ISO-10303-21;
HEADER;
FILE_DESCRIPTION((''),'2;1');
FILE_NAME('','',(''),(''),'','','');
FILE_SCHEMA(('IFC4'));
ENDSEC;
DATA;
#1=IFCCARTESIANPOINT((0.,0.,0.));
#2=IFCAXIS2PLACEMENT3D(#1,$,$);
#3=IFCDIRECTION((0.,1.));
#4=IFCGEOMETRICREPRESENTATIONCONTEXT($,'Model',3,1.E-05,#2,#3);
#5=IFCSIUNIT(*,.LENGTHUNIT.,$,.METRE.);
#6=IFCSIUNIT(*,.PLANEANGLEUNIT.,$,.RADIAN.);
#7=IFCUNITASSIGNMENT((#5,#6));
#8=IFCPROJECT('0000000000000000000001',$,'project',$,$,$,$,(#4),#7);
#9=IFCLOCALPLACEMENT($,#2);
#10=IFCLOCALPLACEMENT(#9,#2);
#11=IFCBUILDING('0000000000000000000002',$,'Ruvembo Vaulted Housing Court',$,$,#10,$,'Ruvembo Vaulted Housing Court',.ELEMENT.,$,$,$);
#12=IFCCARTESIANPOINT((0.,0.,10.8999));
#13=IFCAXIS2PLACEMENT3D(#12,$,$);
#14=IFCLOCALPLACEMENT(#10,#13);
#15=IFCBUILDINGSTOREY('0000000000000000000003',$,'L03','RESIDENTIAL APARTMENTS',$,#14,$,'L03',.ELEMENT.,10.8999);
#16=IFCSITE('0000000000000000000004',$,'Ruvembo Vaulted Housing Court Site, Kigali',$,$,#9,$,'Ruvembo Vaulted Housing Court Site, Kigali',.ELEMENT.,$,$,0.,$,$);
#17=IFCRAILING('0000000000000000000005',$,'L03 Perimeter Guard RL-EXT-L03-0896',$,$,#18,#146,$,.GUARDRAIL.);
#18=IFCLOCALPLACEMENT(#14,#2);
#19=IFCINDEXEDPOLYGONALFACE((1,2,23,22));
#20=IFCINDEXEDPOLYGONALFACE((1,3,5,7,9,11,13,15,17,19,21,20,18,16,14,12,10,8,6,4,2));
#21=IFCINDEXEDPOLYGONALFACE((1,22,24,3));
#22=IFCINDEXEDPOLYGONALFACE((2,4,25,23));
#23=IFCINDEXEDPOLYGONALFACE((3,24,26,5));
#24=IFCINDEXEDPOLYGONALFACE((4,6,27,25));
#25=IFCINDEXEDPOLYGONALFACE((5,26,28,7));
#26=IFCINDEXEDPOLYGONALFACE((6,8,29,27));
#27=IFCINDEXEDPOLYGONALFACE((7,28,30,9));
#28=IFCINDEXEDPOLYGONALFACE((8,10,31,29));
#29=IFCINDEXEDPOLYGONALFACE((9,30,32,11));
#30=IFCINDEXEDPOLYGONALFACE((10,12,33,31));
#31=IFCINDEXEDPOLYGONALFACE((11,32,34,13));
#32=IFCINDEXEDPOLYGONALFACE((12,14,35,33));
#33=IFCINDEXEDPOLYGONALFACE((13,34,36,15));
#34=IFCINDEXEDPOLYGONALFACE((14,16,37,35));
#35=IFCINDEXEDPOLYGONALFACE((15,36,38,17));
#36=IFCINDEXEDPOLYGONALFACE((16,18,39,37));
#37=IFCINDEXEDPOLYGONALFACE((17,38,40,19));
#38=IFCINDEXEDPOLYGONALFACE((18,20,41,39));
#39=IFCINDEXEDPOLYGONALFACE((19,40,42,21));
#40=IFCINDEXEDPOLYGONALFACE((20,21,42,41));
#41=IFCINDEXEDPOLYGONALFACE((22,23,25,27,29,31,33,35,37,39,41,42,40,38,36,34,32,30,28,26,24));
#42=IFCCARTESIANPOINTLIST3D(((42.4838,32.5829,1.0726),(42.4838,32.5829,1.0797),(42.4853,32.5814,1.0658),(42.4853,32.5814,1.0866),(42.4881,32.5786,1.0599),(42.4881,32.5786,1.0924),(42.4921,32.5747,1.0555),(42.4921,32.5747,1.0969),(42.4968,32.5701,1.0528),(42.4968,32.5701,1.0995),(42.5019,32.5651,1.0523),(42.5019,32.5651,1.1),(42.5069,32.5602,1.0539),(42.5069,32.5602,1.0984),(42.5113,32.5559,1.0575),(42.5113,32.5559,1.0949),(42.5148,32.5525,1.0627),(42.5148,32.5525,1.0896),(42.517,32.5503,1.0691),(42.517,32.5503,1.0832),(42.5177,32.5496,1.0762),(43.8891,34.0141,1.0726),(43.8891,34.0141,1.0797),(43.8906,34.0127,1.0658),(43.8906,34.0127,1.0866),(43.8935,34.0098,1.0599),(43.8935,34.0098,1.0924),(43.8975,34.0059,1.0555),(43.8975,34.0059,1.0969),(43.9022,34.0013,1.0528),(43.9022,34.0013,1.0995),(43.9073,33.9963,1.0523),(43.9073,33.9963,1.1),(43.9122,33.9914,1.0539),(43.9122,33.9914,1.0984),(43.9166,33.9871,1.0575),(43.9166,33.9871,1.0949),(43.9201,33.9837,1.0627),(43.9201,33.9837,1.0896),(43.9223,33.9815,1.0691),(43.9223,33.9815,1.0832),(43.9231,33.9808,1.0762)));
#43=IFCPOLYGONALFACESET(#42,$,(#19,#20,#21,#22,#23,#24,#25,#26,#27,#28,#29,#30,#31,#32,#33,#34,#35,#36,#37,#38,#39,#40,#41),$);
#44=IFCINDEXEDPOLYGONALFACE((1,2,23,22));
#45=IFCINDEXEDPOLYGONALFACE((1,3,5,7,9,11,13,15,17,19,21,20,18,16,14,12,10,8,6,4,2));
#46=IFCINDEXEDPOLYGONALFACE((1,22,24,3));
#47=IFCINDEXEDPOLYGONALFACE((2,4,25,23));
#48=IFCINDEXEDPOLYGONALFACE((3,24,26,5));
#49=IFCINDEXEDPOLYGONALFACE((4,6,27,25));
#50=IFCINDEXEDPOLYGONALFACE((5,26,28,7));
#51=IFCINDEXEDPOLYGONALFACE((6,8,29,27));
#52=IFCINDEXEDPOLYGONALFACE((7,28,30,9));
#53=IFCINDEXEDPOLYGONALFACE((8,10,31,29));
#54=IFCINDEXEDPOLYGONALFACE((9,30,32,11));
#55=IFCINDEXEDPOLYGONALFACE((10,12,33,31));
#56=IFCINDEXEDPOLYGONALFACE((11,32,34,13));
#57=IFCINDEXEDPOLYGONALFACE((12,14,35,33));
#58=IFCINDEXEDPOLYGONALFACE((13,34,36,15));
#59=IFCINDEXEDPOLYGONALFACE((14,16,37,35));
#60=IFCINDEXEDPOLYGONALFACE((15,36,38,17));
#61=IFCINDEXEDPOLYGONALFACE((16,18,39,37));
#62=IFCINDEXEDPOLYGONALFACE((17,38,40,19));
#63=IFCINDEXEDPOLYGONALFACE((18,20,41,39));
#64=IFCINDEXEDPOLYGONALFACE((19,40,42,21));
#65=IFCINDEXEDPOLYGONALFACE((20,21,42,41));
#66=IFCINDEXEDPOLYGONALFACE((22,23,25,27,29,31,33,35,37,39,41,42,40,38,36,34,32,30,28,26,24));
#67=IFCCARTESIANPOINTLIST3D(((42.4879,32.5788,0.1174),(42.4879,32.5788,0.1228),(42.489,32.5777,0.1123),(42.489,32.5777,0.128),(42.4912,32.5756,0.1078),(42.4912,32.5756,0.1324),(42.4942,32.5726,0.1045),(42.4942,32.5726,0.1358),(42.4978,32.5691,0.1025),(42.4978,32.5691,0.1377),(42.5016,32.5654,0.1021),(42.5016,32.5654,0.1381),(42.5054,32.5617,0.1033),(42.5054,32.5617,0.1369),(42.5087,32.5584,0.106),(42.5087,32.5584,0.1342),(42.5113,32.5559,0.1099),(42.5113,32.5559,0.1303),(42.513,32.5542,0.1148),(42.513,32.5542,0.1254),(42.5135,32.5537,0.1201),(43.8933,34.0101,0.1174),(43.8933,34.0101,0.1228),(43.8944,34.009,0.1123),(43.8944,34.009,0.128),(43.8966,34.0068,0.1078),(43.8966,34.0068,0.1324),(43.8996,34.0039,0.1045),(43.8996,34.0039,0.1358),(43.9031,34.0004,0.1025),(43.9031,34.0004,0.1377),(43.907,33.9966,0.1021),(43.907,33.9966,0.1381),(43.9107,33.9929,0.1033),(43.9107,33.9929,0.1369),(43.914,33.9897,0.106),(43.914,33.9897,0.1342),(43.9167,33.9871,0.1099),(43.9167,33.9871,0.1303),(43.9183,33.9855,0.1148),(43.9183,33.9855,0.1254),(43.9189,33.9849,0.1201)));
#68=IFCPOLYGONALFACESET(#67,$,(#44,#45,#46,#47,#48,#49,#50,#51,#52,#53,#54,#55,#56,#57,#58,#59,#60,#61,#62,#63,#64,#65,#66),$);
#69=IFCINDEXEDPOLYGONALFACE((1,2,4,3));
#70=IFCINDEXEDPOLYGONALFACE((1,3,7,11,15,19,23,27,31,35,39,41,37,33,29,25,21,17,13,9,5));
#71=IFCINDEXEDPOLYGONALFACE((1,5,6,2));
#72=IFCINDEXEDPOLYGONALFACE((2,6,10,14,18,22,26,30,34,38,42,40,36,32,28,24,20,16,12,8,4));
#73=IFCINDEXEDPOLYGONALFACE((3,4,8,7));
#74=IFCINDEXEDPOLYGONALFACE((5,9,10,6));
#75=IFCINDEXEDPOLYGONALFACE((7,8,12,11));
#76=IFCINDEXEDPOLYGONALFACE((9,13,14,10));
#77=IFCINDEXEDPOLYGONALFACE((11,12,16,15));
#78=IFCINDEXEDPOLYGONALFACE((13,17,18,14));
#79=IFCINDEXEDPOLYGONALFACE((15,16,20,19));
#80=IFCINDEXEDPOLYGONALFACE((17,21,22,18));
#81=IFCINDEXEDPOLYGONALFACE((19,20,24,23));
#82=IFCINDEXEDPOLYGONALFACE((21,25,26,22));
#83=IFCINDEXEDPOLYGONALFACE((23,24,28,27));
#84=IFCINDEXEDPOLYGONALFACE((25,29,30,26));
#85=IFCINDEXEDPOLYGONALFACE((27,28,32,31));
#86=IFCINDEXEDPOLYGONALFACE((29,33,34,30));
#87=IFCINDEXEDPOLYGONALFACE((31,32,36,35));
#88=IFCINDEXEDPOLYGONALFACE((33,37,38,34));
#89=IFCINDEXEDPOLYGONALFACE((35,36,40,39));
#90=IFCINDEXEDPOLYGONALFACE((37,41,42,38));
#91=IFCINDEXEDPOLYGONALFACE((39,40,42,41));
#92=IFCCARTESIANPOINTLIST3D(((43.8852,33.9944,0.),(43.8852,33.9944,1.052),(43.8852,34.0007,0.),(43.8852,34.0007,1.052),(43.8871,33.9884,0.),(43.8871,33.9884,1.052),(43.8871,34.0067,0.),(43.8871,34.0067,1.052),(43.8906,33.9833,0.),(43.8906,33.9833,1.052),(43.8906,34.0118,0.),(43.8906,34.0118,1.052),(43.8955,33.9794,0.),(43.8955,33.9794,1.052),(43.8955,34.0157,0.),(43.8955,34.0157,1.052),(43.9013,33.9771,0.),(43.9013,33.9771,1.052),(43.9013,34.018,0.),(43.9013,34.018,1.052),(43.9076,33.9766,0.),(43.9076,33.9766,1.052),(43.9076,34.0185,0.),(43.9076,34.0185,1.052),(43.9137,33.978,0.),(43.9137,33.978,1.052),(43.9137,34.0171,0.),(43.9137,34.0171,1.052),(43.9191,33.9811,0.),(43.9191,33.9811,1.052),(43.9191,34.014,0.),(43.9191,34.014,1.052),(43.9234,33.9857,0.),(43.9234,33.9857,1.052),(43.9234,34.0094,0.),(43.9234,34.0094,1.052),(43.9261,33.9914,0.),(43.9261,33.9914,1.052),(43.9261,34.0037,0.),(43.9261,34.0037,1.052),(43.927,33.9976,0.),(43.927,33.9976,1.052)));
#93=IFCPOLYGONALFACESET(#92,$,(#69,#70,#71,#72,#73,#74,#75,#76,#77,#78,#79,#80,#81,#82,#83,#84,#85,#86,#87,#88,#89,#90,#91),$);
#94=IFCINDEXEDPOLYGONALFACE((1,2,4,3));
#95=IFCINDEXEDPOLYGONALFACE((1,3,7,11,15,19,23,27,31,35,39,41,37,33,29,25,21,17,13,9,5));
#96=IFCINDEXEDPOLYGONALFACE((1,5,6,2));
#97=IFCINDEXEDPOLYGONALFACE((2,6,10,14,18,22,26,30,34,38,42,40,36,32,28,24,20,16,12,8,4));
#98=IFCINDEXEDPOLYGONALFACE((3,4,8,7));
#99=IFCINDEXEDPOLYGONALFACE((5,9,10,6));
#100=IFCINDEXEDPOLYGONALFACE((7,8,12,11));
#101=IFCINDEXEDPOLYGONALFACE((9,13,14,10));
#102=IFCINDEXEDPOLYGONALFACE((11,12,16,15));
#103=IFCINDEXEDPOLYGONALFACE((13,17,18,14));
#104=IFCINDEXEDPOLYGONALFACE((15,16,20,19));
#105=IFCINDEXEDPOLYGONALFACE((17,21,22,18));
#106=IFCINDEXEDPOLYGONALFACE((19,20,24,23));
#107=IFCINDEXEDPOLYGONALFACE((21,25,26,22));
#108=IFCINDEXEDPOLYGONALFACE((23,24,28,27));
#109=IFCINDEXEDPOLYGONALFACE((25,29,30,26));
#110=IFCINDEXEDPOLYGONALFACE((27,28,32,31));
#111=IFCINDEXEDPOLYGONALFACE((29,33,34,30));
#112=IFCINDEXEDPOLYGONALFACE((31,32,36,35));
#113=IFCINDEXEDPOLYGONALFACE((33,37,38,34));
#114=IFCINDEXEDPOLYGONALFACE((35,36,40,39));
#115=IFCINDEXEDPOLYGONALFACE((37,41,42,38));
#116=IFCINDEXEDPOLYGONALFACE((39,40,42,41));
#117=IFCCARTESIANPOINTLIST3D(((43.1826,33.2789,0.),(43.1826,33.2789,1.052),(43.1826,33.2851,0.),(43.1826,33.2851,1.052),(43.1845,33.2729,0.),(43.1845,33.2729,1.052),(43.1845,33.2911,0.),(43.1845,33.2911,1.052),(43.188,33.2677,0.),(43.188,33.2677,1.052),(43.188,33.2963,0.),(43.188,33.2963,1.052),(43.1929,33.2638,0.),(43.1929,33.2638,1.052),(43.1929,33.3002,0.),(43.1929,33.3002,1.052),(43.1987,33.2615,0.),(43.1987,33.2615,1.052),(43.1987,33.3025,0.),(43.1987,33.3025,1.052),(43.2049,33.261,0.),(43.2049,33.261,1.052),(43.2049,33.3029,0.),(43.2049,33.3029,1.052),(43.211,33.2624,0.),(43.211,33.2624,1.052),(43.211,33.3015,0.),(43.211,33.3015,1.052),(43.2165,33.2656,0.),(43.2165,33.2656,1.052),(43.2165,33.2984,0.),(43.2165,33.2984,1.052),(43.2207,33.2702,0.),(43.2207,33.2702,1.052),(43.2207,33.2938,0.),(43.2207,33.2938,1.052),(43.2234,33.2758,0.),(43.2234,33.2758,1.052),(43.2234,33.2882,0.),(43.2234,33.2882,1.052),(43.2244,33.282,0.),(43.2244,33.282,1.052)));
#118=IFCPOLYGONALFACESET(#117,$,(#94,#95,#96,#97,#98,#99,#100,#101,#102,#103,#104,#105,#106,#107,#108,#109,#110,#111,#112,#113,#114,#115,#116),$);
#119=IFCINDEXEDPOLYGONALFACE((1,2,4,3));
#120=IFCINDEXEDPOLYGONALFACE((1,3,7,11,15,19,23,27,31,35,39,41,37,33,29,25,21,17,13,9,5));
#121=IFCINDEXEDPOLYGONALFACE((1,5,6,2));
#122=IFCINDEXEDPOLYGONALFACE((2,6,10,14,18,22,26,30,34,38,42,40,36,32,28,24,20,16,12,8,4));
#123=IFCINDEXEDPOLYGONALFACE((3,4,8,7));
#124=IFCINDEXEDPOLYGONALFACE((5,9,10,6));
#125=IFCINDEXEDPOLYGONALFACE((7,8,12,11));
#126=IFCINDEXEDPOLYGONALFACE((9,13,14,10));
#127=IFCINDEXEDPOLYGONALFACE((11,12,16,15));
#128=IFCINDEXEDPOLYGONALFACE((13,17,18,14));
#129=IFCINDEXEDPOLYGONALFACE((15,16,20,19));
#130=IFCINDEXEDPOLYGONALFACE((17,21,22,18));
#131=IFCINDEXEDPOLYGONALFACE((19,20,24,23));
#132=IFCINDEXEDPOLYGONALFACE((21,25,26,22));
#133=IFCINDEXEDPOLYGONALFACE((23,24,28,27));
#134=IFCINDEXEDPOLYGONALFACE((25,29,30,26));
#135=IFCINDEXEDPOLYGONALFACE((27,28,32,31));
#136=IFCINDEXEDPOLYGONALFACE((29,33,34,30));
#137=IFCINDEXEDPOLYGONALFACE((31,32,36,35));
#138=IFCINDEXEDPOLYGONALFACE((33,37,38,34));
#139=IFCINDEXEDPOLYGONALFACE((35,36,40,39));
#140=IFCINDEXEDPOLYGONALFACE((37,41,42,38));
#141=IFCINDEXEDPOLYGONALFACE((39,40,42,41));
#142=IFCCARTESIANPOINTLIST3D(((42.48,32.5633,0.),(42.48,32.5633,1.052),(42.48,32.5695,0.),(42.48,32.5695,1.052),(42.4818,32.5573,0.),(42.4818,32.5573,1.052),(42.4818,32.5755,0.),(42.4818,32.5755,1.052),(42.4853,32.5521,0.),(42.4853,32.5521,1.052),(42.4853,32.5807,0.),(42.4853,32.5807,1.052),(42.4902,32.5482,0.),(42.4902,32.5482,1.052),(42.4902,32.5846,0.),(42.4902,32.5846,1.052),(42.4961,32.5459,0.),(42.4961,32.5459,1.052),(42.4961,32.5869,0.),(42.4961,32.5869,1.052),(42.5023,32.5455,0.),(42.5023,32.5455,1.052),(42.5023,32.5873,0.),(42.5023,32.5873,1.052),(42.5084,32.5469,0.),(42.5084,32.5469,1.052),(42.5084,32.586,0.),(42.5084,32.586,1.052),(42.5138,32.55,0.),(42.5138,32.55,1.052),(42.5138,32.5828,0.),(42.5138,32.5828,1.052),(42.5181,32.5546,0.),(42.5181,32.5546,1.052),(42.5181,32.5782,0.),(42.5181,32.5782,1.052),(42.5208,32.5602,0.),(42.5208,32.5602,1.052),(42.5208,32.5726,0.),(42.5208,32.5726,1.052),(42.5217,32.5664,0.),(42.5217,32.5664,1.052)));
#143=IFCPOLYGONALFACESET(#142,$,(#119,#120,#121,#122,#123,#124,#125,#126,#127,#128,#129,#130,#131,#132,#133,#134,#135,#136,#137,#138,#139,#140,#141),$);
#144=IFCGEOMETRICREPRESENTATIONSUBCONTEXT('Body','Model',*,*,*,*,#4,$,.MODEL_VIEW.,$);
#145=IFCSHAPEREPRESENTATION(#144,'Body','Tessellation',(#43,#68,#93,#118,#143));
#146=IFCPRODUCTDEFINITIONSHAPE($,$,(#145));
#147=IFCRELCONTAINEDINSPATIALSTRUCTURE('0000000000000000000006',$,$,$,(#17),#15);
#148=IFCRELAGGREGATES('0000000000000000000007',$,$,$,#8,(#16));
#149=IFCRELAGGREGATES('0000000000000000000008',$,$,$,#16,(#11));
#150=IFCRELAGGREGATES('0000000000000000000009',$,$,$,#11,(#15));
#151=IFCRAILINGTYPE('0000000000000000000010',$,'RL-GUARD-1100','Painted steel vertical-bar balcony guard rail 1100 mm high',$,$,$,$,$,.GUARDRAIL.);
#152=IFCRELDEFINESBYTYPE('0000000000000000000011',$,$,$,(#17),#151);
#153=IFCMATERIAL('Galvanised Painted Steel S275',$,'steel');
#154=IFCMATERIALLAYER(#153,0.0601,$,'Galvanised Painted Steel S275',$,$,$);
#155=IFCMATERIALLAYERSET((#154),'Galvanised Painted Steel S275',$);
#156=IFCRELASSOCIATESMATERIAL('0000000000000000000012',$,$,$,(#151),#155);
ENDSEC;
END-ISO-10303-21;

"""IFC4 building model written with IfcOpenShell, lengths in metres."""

from ifc_helpers import new_model, si_unit, direction, frame, origin, origin_2d, place, context, subcontext, project, spatial, circle, extrude, material, layer, layer_set, type_object, element, save


model = new_model("IFC4")

# Units and contexts
model_context = context("Model", 3, precision=1e-05, world=origin(), true_north=direction((0.0, 1.0)))
body_context = subcontext(model_context, "Body", "Model", "MODEL_VIEW")
ifc_project = project(units=[si_unit("LENGTHUNIT", "METRE"), si_unit("PLANEANGLEUNIT", "RADIAN")], contexts=[model_context])

# Site, building, storey
site_placement = place(None, origin())
site = spatial("IfcSite", under=ifc_project, at=site_placement, Name="Ruvembo Vaulted Housing Court Site, Kigali", LongName="Ruvembo Vaulted Housing Court Site, Kigali", CompositionType="ELEMENT", RefElevation=0.0)
building_placement = place(site_placement, origin())
building = spatial("IfcBuilding", under=site, at=building_placement, Name="Ruvembo Vaulted Housing Court", LongName="Ruvembo Vaulted Housing Court", CompositionType="ELEMENT")
storey_placement = place(building_placement, frame((0.0, 0.0, 10.8999)))
storey = spatial("IfcBuildingStorey", under=building, at=storey_placement, Name="L03", Description="RESIDENTIAL APARTMENTS", LongName="L03", CompositionType="ELEMENT", Elevation=10.8999)

# Railing
ifc_material_1 = material(Name="Galvanised Painted Steel S275", Category="steel")
ifc_layer_1 = layer(ifc_material_1, 0.0601, Name="Galvanised Painted Steel S275")
ifc_layer_set_1 = layer_set([ifc_layer_1], Name="Galvanised Painted Steel S275")
railing_type = type_object("IfcRailingType", Name="RL-GUARD-1100", Description="Painted steel vertical-bar balcony guard rail 1100 mm high", PredefinedType="GUARDRAIL", material=ifc_layer_set_1)
railing_1_placement = place(storey_placement, frame((43.906, 33.9976, 0.0)))
element("IfcRailing", 1, at=railing_1_placement, inside=storey, type_object=railing_type, Name="L03 Perimeter Guard RL-EXT-L03-0896", PredefinedType="GUARDRAIL", context=body_context, shape_type="SweptSolid", body=[
    extrude(circle(Radius=0.0239, at=origin_2d()), frame((0.0, 0.0, 1.0762), z_axis=(-0.700626, -0.713529, 0.0), x_axis=(0.713529, -0.700626, 0.0)), (0.0, 0.0, 1.0), 2.0059),
    extrude(circle(Radius=0.0181, at=origin_2d()), frame((0.0, 0.0, 0.1201), z_axis=(-0.700626, -0.713529, 0.0), x_axis=(0.713529, -0.700626, 0.0)), (0.0, 0.0, 1.0), 2.0059),
    extrude(circle(Radius=0.021, at=origin_2d()), origin(), (0.0, 0.0, 1.0), 1.052),
    extrude(circle(Radius=0.021, at=origin_2d()), frame((-0.7026, -0.7156, 0.0)), (0.0, 0.0, 1.0), 1.052),
    extrude(circle(Radius=0.021, at=origin_2d()), frame((-1.4053, -1.4312, 0.0)), (0.0, 0.0, 1.0), 1.052),
])

save(model, "model.ifc")
